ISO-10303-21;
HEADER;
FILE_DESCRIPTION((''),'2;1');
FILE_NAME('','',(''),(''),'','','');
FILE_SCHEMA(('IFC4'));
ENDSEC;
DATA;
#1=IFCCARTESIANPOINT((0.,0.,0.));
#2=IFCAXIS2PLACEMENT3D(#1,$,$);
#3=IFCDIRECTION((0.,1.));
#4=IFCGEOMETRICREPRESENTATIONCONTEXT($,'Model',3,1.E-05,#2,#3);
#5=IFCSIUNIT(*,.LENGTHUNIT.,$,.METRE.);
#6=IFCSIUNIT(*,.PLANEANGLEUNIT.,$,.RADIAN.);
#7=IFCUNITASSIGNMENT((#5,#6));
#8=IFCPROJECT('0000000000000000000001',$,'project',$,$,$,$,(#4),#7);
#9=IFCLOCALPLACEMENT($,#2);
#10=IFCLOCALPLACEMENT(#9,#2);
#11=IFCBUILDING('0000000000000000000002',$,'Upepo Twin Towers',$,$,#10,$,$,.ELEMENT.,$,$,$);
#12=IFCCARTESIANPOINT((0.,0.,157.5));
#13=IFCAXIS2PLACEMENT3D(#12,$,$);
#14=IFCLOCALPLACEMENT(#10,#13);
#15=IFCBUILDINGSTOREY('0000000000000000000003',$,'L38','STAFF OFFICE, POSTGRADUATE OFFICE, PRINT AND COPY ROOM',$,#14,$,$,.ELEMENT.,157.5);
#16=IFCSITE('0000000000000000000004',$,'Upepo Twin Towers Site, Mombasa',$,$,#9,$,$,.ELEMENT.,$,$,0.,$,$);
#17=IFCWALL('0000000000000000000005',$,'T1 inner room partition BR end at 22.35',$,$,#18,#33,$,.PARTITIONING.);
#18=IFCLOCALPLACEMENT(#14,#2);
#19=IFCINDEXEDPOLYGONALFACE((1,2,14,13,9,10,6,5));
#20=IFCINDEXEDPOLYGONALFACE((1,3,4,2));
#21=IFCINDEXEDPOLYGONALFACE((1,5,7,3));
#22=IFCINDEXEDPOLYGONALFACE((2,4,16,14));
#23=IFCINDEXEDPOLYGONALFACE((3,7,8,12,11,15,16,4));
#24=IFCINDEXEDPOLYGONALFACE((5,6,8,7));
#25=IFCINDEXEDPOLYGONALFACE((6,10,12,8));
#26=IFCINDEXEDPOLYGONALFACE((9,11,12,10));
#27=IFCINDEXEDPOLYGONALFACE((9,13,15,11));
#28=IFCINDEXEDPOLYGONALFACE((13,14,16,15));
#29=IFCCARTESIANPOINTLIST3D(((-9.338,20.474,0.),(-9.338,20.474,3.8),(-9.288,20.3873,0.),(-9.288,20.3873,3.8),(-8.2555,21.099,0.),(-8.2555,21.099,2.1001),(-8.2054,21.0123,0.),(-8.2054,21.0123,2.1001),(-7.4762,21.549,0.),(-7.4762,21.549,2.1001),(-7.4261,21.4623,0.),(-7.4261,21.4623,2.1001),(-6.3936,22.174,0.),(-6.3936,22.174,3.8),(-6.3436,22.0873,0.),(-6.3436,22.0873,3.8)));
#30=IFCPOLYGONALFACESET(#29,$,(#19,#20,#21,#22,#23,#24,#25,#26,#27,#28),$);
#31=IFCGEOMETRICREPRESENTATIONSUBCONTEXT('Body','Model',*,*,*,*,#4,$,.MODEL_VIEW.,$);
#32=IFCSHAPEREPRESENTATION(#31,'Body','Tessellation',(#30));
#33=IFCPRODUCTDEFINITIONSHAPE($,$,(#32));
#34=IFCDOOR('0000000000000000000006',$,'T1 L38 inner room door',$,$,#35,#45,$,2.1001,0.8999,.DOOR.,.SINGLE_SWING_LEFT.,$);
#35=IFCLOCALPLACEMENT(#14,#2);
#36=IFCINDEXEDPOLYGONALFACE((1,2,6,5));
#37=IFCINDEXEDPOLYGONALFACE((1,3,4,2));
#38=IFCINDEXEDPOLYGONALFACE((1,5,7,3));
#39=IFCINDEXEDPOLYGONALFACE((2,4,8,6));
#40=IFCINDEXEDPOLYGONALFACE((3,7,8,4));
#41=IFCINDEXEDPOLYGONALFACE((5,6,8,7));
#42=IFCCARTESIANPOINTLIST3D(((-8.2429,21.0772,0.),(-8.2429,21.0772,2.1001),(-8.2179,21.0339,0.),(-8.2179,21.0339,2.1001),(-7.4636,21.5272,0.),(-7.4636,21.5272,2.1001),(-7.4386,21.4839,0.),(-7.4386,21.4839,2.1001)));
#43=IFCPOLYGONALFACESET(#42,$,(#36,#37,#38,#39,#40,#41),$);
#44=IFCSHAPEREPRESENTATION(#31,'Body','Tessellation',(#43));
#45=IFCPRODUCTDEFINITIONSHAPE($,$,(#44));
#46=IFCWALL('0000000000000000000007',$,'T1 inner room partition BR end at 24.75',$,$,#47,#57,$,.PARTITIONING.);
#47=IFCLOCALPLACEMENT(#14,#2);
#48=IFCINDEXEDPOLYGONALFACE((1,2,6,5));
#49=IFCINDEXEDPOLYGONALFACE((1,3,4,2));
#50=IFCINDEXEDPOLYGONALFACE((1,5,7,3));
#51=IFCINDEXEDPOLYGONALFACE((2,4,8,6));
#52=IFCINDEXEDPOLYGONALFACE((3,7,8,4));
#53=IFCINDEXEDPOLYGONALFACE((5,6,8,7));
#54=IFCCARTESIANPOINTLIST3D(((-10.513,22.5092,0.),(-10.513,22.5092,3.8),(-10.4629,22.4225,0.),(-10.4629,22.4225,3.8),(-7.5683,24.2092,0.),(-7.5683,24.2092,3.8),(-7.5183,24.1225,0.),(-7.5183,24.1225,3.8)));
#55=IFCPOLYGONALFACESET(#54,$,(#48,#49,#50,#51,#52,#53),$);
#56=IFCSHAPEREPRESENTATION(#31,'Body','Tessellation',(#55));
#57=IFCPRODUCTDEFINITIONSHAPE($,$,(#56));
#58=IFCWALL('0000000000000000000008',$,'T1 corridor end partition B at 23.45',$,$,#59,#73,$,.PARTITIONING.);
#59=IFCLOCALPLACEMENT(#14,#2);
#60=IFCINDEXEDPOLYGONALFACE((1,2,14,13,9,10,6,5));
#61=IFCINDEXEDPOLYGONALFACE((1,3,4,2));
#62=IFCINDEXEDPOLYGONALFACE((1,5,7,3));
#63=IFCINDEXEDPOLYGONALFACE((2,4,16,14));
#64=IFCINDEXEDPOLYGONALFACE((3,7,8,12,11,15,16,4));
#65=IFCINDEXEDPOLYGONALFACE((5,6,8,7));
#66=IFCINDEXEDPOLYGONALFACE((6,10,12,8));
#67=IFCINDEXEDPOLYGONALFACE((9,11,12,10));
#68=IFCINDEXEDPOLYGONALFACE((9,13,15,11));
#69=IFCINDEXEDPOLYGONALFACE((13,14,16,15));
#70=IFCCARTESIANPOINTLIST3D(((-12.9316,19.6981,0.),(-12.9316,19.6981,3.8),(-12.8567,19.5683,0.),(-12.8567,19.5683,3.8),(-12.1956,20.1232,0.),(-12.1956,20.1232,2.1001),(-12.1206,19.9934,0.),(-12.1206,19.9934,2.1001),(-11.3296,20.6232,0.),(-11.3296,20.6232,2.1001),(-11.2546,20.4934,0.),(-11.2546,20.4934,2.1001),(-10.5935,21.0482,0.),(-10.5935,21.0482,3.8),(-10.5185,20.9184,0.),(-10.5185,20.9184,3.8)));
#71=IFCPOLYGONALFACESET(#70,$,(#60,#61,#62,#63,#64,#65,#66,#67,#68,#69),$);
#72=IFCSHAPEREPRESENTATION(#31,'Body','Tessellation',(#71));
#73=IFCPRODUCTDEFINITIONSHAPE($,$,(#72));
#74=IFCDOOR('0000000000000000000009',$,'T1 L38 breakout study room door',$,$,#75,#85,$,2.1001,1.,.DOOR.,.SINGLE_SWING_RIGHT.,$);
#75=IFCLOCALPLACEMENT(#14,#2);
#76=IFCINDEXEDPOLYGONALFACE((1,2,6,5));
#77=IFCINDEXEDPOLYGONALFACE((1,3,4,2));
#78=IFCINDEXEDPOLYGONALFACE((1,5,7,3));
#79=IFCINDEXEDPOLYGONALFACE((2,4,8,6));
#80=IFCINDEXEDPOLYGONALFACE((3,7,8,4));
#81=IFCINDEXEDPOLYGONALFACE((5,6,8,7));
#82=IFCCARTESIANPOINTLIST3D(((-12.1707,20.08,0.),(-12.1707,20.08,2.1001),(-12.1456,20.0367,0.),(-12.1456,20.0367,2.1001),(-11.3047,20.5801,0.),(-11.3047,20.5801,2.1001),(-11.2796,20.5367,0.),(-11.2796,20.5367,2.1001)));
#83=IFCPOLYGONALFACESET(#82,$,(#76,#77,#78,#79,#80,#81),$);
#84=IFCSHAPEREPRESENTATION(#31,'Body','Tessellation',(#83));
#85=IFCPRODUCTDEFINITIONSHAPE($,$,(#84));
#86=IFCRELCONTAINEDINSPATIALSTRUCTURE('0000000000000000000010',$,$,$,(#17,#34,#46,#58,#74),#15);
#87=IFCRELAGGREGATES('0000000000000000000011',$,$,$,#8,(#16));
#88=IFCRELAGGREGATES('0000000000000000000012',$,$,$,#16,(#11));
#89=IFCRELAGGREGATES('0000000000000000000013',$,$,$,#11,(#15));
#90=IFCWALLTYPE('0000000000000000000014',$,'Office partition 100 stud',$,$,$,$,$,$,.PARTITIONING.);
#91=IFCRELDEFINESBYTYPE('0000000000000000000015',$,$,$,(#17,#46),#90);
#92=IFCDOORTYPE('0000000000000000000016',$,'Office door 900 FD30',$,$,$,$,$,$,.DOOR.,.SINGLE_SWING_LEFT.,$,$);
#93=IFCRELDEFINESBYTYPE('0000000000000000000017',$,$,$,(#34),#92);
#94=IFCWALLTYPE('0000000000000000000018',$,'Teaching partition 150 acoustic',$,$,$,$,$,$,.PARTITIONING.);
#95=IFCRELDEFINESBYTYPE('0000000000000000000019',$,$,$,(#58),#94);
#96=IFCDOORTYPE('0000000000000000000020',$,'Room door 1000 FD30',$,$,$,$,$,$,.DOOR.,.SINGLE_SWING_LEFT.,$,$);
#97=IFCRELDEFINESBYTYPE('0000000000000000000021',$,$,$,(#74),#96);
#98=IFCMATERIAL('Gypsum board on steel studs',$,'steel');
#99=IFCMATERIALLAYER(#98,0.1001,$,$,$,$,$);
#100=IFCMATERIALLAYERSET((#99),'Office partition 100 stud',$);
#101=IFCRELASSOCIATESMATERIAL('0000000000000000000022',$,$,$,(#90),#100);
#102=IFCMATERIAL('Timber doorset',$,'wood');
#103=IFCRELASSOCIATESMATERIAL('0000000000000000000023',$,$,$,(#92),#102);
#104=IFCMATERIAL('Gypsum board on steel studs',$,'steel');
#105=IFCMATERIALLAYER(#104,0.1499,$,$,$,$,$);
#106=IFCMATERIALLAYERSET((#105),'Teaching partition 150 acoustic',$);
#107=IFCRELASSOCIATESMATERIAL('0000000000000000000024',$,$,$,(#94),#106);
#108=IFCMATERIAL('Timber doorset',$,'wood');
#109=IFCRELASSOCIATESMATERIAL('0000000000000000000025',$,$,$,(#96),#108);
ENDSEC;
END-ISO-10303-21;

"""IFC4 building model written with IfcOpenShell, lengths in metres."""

from ifc_helpers import new_model, si_unit, direction, frame, frame_2d, origin, place, context, subcontext, project, spatial, rectangle, extrude, material, layer, layer_set, type_object, element, fill, save


model = new_model("IFC4")

# Units and contexts
model_context = context("Model", 3, precision=1e-05, world=origin(), true_north=direction((0.0, 1.0)))
body_context = subcontext(model_context, "Body", "Model", "MODEL_VIEW")
ifc_project = project(units=[si_unit("LENGTHUNIT", "METRE"), si_unit("PLANEANGLEUNIT", "RADIAN")], contexts=[model_context])

# Site, building, storey
site_placement = place(None, origin())
site = spatial("IfcSite", under=ifc_project, at=site_placement, Name="Upepo Twin Towers Site, Mombasa", CompositionType="ELEMENT", RefElevation=0.0)
building_placement = place(site_placement, origin())
building = spatial("IfcBuilding", under=site, at=building_placement, Name="Upepo Twin Towers", CompositionType="ELEMENT")
storey_placement = place(building_placement, frame((0.0, 0.0, 157.5)))
storey = spatial("IfcBuildingStorey", under=building, at=storey_placement, Name="L38", Description="STAFF OFFICE, POSTGRADUATE OFFICE, PRINT AND COPY ROOM", CompositionType="ELEMENT", Elevation=157.5)

# Shared definitions
ifc_material_1 = material(Name="Gypsum board on steel studs", Category="steel")
ifc_layer_1 = layer(ifc_material_1, 0.1001)
ifc_layer_set_1 = layer_set([ifc_layer_1], Name="Office partition 100 stud")
wall_type_1 = type_object("IfcWallType", Name="Office partition 100 stud", PredefinedType="PARTITIONING", material=ifc_layer_set_1)
ifc_material_2 = material(Name="Timber doorset", Category="wood")
door_type_1 = type_object("IfcDoorType", Name="Office door 900 FD30", OperationType="SINGLE_SWING_LEFT", PredefinedType="DOOR", material=ifc_material_2)

# Wall, opening, door
wall_1_placement = place(storey_placement, frame((-9.313, 20.4307, 0.0), z_axis=(0.0, 0.0, 1.0), x_axis=(0.866021, 0.500008, 0.0)))
wall_1 = element("IfcWall", 1, at=wall_1_placement, inside=storey, type_object=wall_type_1, Name="T1 inner room partition BR end at 22.35", PredefinedType="PARTITIONING", context=body_context, shape_type="SweptSolid", body=[
    extrude(rectangle(XDim=3.3999, YDim=0.1001, at=frame_2d((1.7, 0.0))), origin(), (0.0, 0.0, 1.0), 3.8),
])
opening_1_placement = place(wall_1_placement, frame((1.25, 0.0, 0.0)))
opening_1 = element("IfcOpeningElement", 2, at=opening_1_placement, cuts=wall_1, PredefinedType="OPENING", context=body_context, shape_type="SweptSolid", body=[
    extrude(rectangle(XDim=0.8999, YDim=2.1001, at=frame_2d((0.45, 1.05))), frame((0.0, 0.0601, 0.0), z_axis=(0.0, -1.0, 0.0), x_axis=(1.0, 0.0, 0.0)), (0.0, 0.0, 1.0), 0.1201),
])
door_1_placement = place(opening_1_placement, origin())
door_1 = element("IfcDoor", 3, at=door_1_placement, inside=storey, type_object=door_type_1, Name="T1 L38 inner room door", OperationType="SINGLE_SWING_LEFT", OverallHeight=2.1001, OverallWidth=0.8999, PredefinedType="DOOR", context=body_context, shape_type="SweptSolid", body=[
    extrude(rectangle(XDim=0.8999, YDim=2.1001, at=frame_2d((0.45, 1.05))), frame((0.0, 0.0249, 0.0), z_axis=(0.0, -1.0, 0.0), x_axis=(1.0, 0.0, 0.0)), (0.0, 0.0, 1.0), 0.05),
])
fill(opening_1, door_1)

# Wall
wall_2_placement = place(storey_placement, frame((-10.488, 22.4658, 0.0), z_axis=(0.0, 0.0, 1.0), x_axis=(0.866039, 0.499977, 0.0)))
element("IfcWall", 4, at=wall_2_placement, inside=storey, type_object=wall_type_1, Name="T1 inner room partition BR end at 24.75", PredefinedType="PARTITIONING", context=body_context, shape_type="SweptSolid", body=[
    extrude(rectangle(XDim=3.4001, YDim=0.1001, at=frame_2d((1.7002, 0.0))), origin(), (0.0, 0.0, 1.0), 3.8),
])

# Wall, opening, door
ifc_material_3 = material(Name="Gypsum board on steel studs", Category="steel")
ifc_layer_2 = layer(ifc_material_3, 0.1499)
ifc_layer_set_2 = layer_set([ifc_layer_2], Name="Teaching partition 150 acoustic")
wall_type_2 = type_object("IfcWallType", Name="Teaching partition 150 acoustic", PredefinedType="PARTITIONING", material=ifc_layer_set_2)
wall_3_placement = place(storey_placement, frame((-10.5559, 20.9834, 0.0), z_axis=(0.0, 0.0, 1.0), x_axis=(-0.865997, -0.500049, 0.0)))
wall_3 = element("IfcWall", 5, at=wall_3_placement, inside=storey, type_object=wall_type_2, Name="T1 corridor end partition B at 23.45", PredefinedType="PARTITIONING", context=body_context, shape_type="SweptSolid", body=[
    extrude(rectangle(XDim=2.7, YDim=0.1499, at=frame_2d((1.3501, 0.0))), origin(), (0.0, 0.0, 1.0), 3.8),
])
opening_2_placement = place(wall_3_placement, frame((0.8501, 0.0, 0.0)))
opening_2 = element("IfcOpeningElement", 6, at=opening_2_placement, cuts=wall_3, PredefinedType="OPENING", context=body_context, shape_type="SweptSolid", body=[
    extrude(rectangle(XDim=1.0, YDim=2.1001, at=frame_2d((0.5, 1.05))), frame((0.0, 0.085, 0.0), z_axis=(0.0, -1.0, 0.0), x_axis=(1.0, 0.0, 0.0)), (0.0, 0.0, 1.0), 0.1699),
])
ifc_material_4 = material(Name="Timber doorset", Category="wood")
door_type_2 = type_object("IfcDoorType", Name="Room door 1000 FD30", OperationType="SINGLE_SWING_LEFT", PredefinedType="DOOR", material=ifc_material_4)
door_2_placement = place(opening_2_placement, origin())
door_2 = element("IfcDoor", 7, at=door_2_placement, inside=storey, type_object=door_type_2, Name="T1 L38 breakout study room door", OperationType="SINGLE_SWING_RIGHT", OverallHeight=2.1001, OverallWidth=1.0, PredefinedType="DOOR", context=body_context, shape_type="SweptSolid", body=[
    extrude(rectangle(XDim=1.0, YDim=2.1001, at=frame_2d((0.5, 1.05))), frame((0.0, 0.0249, 0.0), z_axis=(0.0, -1.0, 0.0), x_axis=(1.0, 0.0, 0.0)), (0.0, 0.0, 1.0), 0.05),
])
fill(opening_2, door_2)

save(model, "model.ifc")
